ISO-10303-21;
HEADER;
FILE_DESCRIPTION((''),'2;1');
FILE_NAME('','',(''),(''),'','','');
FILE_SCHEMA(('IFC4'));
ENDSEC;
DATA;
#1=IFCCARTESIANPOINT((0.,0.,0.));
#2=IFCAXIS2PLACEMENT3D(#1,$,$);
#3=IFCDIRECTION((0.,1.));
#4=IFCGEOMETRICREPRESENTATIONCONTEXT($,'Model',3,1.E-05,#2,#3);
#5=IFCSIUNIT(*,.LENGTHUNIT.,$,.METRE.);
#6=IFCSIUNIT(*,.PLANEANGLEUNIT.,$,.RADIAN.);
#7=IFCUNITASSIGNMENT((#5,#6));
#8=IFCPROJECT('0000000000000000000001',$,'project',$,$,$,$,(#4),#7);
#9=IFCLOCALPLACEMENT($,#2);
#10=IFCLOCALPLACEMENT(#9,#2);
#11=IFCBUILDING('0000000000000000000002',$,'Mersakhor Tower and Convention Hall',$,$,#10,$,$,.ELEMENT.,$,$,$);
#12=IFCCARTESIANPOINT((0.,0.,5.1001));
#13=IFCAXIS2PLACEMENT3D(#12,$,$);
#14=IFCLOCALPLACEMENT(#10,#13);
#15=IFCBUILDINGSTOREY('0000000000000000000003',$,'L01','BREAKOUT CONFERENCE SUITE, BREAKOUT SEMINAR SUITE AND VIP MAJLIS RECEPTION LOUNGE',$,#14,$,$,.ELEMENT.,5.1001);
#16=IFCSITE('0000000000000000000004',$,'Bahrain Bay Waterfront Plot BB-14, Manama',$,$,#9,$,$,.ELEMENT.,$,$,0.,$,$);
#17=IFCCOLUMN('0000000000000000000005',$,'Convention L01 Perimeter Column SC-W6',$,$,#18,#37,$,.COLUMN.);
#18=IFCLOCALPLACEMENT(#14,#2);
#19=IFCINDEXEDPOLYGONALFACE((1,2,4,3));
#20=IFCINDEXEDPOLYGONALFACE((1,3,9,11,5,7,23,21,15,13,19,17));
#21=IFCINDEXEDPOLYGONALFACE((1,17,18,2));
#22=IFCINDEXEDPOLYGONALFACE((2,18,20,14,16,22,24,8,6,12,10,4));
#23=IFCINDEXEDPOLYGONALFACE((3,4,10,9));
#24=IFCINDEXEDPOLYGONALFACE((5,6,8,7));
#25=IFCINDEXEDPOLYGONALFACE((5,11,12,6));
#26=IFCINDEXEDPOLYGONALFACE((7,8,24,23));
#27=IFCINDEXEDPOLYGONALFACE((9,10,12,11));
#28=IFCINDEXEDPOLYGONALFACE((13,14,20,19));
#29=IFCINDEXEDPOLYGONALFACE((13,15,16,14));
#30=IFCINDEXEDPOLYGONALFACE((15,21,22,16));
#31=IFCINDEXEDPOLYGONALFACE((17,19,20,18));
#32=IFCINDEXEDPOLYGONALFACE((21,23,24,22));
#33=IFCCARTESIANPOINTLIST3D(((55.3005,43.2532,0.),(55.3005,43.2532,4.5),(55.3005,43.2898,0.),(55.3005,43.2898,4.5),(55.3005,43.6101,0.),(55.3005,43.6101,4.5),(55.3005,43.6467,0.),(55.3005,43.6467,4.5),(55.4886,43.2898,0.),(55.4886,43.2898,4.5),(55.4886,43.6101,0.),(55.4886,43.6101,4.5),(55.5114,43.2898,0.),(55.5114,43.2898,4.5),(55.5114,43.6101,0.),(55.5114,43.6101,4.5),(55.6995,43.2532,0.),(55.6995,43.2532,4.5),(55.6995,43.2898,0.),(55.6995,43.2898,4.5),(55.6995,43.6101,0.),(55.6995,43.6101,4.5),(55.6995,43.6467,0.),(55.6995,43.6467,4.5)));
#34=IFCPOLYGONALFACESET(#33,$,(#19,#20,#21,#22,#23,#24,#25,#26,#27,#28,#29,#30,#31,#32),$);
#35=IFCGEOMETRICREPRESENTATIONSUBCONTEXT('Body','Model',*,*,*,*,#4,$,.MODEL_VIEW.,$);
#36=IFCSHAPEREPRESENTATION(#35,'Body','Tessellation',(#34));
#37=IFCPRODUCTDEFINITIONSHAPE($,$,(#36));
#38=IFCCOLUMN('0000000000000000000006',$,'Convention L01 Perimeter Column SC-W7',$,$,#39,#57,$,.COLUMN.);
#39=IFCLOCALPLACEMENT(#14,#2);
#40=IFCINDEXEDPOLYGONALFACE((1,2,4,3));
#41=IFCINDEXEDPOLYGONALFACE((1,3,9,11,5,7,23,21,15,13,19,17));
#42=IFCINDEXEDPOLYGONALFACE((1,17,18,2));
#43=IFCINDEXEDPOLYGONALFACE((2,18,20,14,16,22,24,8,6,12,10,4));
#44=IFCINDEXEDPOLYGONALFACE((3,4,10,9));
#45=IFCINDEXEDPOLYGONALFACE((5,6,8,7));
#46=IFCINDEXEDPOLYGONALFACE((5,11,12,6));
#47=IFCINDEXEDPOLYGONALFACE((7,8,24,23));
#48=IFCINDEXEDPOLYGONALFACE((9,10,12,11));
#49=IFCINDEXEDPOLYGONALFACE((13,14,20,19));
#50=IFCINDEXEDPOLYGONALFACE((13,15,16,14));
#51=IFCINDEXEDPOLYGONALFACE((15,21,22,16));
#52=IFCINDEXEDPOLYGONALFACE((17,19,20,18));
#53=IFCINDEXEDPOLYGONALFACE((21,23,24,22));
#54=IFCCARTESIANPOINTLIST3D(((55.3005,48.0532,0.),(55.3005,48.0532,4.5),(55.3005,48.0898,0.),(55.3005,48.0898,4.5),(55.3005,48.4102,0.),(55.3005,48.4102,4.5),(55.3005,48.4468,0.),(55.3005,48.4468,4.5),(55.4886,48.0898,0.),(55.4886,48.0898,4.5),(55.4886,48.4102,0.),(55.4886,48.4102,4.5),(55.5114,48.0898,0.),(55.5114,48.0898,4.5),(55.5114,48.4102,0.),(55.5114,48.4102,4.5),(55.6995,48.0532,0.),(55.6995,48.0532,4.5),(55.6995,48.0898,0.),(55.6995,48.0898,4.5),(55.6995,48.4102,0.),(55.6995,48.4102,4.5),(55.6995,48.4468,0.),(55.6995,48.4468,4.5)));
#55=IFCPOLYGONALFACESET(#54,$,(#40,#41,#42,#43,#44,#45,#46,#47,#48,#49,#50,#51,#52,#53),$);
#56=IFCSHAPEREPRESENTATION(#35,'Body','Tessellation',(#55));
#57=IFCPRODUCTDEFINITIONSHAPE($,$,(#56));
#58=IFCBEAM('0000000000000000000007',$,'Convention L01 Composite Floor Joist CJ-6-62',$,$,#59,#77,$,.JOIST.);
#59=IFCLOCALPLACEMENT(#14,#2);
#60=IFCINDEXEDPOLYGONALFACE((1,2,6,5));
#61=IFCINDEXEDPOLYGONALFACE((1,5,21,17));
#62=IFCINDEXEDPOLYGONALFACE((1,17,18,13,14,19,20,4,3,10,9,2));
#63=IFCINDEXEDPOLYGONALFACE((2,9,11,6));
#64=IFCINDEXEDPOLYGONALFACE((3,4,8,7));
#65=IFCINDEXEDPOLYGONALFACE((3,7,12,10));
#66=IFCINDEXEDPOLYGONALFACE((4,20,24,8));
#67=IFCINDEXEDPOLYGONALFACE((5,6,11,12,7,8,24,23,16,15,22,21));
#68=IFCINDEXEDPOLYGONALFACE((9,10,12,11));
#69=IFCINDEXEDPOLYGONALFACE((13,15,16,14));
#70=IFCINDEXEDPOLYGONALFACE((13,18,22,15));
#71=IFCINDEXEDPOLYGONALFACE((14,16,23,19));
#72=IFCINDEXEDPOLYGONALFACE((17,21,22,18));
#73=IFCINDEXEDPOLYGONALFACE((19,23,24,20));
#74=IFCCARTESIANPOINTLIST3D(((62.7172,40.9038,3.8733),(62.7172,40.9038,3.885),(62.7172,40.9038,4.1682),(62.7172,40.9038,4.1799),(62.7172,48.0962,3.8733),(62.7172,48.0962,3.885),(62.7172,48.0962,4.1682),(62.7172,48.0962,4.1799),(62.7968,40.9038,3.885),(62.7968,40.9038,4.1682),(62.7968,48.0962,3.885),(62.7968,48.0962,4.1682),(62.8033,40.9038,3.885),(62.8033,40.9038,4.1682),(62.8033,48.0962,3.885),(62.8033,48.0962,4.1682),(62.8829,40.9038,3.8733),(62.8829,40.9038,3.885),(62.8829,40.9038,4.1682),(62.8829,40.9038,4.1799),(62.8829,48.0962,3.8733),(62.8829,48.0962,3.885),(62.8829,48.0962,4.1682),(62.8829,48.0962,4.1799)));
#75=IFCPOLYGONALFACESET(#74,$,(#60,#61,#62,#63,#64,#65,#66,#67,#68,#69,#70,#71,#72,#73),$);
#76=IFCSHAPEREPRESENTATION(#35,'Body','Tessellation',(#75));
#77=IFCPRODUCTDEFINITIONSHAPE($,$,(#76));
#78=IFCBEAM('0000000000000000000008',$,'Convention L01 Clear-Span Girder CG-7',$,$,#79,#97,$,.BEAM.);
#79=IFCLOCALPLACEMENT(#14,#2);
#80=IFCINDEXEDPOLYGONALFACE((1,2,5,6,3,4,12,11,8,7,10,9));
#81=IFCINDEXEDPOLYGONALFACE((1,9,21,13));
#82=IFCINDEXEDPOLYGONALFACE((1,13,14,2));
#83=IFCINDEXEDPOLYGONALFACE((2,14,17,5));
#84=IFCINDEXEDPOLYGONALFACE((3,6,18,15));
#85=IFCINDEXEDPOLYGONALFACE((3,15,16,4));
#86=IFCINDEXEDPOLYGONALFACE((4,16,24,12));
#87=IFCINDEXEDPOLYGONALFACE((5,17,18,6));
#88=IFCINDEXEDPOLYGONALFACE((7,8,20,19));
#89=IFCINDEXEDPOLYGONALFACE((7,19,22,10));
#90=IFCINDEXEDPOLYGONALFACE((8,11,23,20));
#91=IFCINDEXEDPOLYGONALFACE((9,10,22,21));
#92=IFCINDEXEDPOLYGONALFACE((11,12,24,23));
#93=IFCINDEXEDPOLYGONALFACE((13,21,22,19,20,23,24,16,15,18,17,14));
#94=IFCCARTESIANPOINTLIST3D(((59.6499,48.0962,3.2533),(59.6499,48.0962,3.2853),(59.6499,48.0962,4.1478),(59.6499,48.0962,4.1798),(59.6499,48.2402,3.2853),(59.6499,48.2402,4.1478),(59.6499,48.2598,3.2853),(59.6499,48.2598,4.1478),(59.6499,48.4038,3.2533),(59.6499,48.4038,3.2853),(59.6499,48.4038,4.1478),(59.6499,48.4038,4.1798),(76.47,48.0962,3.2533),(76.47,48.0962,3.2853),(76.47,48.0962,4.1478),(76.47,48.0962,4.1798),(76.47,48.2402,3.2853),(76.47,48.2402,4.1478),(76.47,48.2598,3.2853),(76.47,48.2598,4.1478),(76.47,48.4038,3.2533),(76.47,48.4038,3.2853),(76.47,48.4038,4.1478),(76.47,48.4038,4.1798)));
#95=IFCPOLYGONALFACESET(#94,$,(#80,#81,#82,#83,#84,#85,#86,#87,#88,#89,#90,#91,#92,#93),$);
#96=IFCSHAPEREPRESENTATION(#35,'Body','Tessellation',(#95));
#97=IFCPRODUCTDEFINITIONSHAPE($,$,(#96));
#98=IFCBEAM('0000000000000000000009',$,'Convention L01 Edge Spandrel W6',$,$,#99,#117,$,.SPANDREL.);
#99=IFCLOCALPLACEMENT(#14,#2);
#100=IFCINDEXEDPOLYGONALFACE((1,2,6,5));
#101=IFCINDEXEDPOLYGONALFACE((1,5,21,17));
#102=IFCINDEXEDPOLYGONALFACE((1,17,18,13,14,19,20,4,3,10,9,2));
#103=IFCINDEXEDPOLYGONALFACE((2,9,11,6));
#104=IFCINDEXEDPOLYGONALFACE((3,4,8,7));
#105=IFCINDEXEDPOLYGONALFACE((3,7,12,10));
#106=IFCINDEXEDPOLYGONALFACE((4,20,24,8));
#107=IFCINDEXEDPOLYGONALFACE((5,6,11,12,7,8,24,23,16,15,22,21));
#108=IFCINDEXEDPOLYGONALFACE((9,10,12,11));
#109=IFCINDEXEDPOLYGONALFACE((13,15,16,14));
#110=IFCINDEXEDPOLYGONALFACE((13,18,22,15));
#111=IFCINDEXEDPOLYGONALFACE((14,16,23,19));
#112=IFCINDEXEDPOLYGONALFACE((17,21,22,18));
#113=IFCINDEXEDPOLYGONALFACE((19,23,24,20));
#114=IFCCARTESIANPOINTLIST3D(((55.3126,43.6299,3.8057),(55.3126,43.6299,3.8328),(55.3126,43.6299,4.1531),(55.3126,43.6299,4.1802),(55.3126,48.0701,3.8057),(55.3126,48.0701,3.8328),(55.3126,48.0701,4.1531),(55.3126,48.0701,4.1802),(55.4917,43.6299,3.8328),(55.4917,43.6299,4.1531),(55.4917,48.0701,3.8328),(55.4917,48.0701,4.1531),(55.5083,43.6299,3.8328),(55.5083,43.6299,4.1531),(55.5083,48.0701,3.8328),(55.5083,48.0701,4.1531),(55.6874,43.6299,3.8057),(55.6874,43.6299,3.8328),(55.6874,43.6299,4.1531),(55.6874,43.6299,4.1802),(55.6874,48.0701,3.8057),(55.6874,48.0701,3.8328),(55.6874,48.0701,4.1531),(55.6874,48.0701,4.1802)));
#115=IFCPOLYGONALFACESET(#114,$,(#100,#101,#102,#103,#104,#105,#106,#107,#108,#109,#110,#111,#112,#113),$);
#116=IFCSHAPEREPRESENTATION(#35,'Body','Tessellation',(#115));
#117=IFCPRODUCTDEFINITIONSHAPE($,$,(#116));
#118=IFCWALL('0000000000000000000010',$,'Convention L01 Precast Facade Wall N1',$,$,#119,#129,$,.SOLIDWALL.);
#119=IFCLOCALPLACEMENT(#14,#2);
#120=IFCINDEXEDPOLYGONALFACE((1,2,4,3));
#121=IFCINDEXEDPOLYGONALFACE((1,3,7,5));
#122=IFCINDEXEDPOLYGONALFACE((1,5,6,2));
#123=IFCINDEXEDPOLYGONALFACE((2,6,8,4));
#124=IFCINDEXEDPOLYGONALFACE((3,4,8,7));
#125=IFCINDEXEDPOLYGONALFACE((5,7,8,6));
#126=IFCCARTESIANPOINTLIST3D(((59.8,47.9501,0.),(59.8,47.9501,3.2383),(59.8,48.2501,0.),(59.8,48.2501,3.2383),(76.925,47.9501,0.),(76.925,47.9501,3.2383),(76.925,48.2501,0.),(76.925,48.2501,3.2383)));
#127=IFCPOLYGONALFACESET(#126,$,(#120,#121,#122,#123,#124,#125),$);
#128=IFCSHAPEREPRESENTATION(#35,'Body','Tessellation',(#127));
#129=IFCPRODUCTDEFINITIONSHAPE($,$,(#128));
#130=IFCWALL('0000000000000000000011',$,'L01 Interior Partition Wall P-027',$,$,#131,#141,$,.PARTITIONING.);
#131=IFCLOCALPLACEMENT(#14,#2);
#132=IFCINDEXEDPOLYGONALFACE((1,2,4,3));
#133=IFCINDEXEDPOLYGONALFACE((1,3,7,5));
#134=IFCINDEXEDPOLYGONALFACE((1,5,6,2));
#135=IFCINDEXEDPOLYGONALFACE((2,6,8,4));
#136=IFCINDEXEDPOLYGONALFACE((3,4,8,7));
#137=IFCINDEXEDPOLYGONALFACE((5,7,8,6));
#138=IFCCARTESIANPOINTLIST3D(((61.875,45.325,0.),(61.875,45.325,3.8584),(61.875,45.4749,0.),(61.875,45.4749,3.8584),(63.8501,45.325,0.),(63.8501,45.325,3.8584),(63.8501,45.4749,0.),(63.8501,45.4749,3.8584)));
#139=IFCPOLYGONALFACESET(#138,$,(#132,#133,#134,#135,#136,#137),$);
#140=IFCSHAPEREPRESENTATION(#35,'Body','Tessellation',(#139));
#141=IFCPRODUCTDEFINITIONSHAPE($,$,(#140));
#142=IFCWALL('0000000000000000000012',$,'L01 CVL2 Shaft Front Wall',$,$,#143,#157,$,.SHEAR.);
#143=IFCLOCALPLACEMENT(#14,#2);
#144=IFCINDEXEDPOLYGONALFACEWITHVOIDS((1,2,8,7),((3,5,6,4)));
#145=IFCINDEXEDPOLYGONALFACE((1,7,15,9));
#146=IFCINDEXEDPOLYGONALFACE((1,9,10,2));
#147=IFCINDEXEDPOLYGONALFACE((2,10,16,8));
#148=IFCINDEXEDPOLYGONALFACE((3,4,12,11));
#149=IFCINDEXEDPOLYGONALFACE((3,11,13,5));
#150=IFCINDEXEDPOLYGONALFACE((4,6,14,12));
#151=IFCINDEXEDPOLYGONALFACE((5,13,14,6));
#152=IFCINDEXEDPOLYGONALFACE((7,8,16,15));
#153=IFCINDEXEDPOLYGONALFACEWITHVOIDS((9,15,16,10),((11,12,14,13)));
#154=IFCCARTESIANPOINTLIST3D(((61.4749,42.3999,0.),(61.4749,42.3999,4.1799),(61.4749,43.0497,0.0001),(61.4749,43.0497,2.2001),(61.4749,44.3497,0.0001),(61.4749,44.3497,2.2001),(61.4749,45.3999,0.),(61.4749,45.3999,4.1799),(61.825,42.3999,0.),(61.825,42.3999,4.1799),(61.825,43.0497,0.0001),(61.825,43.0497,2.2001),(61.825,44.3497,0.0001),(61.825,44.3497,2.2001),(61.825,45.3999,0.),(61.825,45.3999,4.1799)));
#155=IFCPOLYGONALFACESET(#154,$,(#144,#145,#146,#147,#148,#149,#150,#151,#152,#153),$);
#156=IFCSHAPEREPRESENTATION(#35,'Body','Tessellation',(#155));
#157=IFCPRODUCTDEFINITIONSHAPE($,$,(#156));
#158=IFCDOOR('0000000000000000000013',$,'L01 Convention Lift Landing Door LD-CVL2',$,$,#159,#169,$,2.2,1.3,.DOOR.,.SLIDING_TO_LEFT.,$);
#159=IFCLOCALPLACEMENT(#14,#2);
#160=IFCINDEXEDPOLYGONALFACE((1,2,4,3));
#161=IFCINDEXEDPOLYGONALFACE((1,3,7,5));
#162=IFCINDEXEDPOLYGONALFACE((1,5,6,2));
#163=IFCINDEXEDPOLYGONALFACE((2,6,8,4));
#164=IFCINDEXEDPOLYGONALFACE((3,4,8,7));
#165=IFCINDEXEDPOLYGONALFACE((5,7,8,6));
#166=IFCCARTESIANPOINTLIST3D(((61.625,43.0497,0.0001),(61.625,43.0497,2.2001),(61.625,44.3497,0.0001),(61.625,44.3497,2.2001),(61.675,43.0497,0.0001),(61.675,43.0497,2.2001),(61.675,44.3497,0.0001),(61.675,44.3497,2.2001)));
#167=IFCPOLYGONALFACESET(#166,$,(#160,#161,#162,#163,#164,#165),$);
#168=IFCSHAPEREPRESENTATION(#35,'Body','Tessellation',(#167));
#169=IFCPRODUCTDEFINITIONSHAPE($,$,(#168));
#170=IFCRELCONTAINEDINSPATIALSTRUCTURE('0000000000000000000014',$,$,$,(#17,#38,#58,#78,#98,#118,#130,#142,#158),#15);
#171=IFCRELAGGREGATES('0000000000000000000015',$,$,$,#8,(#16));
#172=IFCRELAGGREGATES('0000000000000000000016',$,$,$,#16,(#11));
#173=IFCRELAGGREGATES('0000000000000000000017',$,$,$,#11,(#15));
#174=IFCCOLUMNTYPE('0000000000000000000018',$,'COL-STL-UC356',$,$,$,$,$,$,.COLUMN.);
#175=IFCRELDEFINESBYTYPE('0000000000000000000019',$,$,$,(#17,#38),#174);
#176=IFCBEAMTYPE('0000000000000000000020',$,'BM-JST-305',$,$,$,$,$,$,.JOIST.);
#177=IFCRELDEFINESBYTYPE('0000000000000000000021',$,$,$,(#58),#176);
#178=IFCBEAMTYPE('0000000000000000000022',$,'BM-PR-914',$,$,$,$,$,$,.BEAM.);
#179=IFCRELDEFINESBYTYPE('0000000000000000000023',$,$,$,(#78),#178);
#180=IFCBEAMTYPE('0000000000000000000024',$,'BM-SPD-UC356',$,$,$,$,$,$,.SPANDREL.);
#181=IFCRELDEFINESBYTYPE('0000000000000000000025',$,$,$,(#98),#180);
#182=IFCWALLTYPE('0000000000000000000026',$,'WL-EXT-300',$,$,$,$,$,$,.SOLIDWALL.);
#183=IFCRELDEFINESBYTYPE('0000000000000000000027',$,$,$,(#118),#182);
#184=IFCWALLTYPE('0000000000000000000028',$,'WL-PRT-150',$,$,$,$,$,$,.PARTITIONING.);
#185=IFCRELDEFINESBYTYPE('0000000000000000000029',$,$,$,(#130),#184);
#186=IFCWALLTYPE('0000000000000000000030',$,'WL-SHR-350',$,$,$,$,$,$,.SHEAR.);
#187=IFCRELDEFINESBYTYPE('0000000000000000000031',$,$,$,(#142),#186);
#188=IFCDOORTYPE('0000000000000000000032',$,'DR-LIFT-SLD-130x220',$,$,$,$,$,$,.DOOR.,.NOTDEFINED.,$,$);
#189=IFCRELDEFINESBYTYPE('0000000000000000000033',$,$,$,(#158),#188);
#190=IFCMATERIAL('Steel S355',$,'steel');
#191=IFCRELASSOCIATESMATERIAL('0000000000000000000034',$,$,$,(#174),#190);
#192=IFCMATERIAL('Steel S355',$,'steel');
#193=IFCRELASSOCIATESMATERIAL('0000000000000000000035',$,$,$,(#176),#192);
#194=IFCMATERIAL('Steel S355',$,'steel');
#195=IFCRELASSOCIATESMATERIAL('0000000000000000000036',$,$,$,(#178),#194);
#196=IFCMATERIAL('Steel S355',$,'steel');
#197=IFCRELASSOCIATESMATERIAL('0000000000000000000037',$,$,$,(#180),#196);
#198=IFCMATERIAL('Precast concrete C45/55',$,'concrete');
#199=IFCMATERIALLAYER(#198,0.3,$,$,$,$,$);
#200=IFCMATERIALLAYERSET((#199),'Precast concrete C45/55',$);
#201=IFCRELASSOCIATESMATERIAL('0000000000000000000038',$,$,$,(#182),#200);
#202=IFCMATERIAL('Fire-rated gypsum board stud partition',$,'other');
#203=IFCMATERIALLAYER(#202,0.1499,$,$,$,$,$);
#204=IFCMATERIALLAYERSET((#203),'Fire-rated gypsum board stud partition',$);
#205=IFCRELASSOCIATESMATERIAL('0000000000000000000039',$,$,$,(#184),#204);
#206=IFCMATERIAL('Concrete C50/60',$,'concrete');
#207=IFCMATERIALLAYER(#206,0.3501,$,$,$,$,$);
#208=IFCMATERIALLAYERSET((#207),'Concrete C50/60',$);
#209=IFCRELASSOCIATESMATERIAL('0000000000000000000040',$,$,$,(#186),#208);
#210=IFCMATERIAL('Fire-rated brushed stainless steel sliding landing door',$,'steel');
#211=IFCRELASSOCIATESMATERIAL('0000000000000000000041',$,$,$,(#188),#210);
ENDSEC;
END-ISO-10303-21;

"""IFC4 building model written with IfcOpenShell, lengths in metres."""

from ifc_helpers import new_model, si_unit, direction, frame, frame_2d, origin, origin_2d, place, context, subcontext, project, spatial, rectangle, i_section, extrude, material, layer, layer_set, material_profile, profile_set, type_object, element, fill, save


model = new_model("IFC4")

# Units and contexts
model_context = context("Model", 3, precision=1e-05, world=origin(), true_north=direction((0.0, 1.0)))
body_context = subcontext(model_context, "Body", "Model", "MODEL_VIEW")
ifc_project = project(units=[si_unit("LENGTHUNIT", "METRE"), si_unit("PLANEANGLEUNIT", "RADIAN")], contexts=[model_context])

# Site, building, storey
site_placement = place(None, origin())
site = spatial("IfcSite", under=ifc_project, at=site_placement, Name="Bahrain Bay Waterfront Plot BB-14, Manama", CompositionType="ELEMENT", RefElevation=0.0)
building_placement = place(site_placement, origin())
building = spatial("IfcBuilding", under=site, at=building_placement, Name="Mersakhor Tower and Convention Hall", CompositionType="ELEMENT")
storey_placement = place(building_placement, frame((0.0, 0.0, 5.1001)))
storey = spatial("IfcBuildingStorey", under=building, at=storey_placement, Name="L01", Description="BREAKOUT CONFERENCE SUITE, BREAKOUT SEMINAR SUITE AND VIP MAJLIS RECEPTION LOUNGE", CompositionType="ELEMENT", Elevation=5.1001)

# Columns
ifc_material_1 = material(Name="Steel S355", Category="steel")
ifc_material_profile_1 = material_profile(ifc_material_1, i_section(OverallWidth=0.3989, OverallDepth=0.3936, WebThickness=0.0227, FlangeThickness=0.0366, at=origin_2d()), Name="UC 356x406x287")
ifc_profile_set_1 = profile_set([ifc_material_profile_1], Name="Steel S355")
column_type = type_object("IfcColumnType", Name="COL-STL-UC356", PredefinedType="COLUMN", material=ifc_profile_set_1)
for number, where, z_axis, x_axis, name in (
    (1, (55.5, 43.45, 0.0), (0.0, 0.0, 1.0), (1.0, 0.0, 0.0), "Convention L01 Perimeter Column SC-W6"),
    (2, (55.5, 48.25, 0.0), (0.0, 0.0, 1.0), (1.0, 0.0, 0.0), "Convention L01 Perimeter Column SC-W7"),
):
    element("IfcColumn", number, at=place(storey_placement, frame(where, z_axis=z_axis, x_axis=x_axis)), inside=storey, type_object=column_type, Name=name, PredefinedType="COLUMN", context=body_context, shape_type="SweptSolid", body=[
        extrude(i_section(OverallWidth=0.3989, OverallDepth=0.3936, WebThickness=0.0227, FlangeThickness=0.0366, at=origin_2d()), origin(), (0.0, 0.0, 1.0), 4.5),
    ])

# Beams
ifc_material_2 = material(Name="Steel S355", Category="steel")
ifc_material_profile_2 = material_profile(ifc_material_2, i_section(OverallWidth=0.1658, OverallDepth=0.3066, WebThickness=0.0066, FlangeThickness=0.0117, at=origin_2d()), Name="UB 305x165x46")
ifc_profile_set_2 = profile_set([ifc_material_profile_2], Name="Steel S355")
beam_type_1 = type_object("IfcBeamType", Name="BM-JST-305", PredefinedType="JOIST", material=ifc_profile_set_2)
beam_1_placement = place(storey_placement, frame((62.8, 40.9038, 4.0266), z_axis=(0.0, 1.0, 0.0), x_axis=(-1.0, 0.0, 0.0)))
element("IfcBeam", 3, at=beam_1_placement, inside=storey, type_object=beam_type_1, Name="Convention L01 Composite Floor Joist CJ-6-62", PredefinedType="JOIST", context=body_context, shape_type="SweptSolid", body=[
    extrude(i_section(OverallWidth=0.1658, OverallDepth=0.3066, WebThickness=0.0066, FlangeThickness=0.0117, at=origin_2d()), origin(), (0.0, 0.0, 1.0), 7.1924),
])
ifc_material_3 = material(Name="Steel S355", Category="steel")
ifc_material_profile_3 = material_profile(ifc_material_3, i_section(OverallWidth=0.3076, OverallDepth=0.9265, WebThickness=0.0195, FlangeThickness=0.032, at=origin_2d()), Name="UB 914x305x289")
ifc_profile_set_3 = profile_set([ifc_material_profile_3], Name="Steel S355")
beam_type_2 = type_object("IfcBeamType", Name="BM-PR-914", PredefinedType="BEAM", material=ifc_profile_set_3)
beam_2_placement = place(storey_placement, frame((59.6499, 48.25, 3.7166), z_axis=(1.0, 0.0, 0.0), x_axis=(0.0, 1.0, 0.0)))
element("IfcBeam", 4, at=beam_2_placement, inside=storey, type_object=beam_type_2, Name="Convention L01 Clear-Span Girder CG-7", PredefinedType="BEAM", context=body_context, shape_type="SweptSolid", body=[
    extrude(i_section(OverallWidth=0.3076, OverallDepth=0.9265, WebThickness=0.0195, FlangeThickness=0.032, at=origin_2d()), origin(), (0.0, 0.0, 1.0), 16.8201),
])
ifc_material_4 = material(Name="Steel S355", Category="steel")
ifc_material_profile_4 = material_profile(ifc_material_4, i_section(OverallWidth=0.3748, OverallDepth=0.3745, WebThickness=0.0166, FlangeThickness=0.0271, at=origin_2d()), Name="UC 356x368x202")
ifc_profile_set_4 = profile_set([ifc_material_profile_4], Name="Steel S355")
beam_type_3 = type_object("IfcBeamType", Name="BM-SPD-UC356", PredefinedType="SPANDREL", material=ifc_profile_set_4)
beam_3_placement = place(storey_placement, frame((55.5, 43.6299, 3.9929), z_axis=(0.0, 1.0, 0.0), x_axis=(-1.0, 0.0, 0.0)))
element("IfcBeam", 5, at=beam_3_placement, inside=storey, type_object=beam_type_3, Name="Convention L01 Edge Spandrel W6", PredefinedType="SPANDREL", context=body_context, shape_type="SweptSolid", body=[
    extrude(i_section(OverallWidth=0.3748, OverallDepth=0.3745, WebThickness=0.0166, FlangeThickness=0.0271, at=origin_2d()), origin(), (0.0, 0.0, 1.0), 4.4402),
])

# Walls
ifc_material_5 = material(Name="Precast concrete C45/55", Category="concrete")
ifc_layer_1 = layer(ifc_material_5, 0.3)
ifc_layer_set_1 = layer_set([ifc_layer_1], Name="Precast concrete C45/55")
wall_type_1 = type_object("IfcWallType", Name="WL-EXT-300", PredefinedType="SOLIDWALL", material=ifc_layer_set_1)
wall_1_placement = place(storey_placement, frame((59.8, 48.1001, 0.0), z_axis=(0.0, 0.0, 1.0), x_axis=(1.0, 0.0, 0.0)))
element("IfcWall", 6, at=wall_1_placement, inside=storey, type_object=wall_type_1, Name="Convention L01 Precast Facade Wall N1", PredefinedType="SOLIDWALL", context=body_context, shape_type="SweptSolid", body=[
    extrude(rectangle(XDim=17.125, YDim=0.3, at=frame_2d((8.5625, 0.0))), origin(), (0.0, 0.0, 1.0), 3.2383),
])
ifc_material_6 = material(Name="Fire-rated gypsum board stud partition", Category="other")
ifc_layer_2 = layer(ifc_material_6, 0.1499)
ifc_layer_set_2 = layer_set([ifc_layer_2], Name="Fire-rated gypsum board stud partition")
wall_type_2 = type_object("IfcWallType", Name="WL-PRT-150", PredefinedType="PARTITIONING", material=ifc_layer_set_2)
wall_2_placement = place(storey_placement, frame((61.875, 45.3999, 0.0), z_axis=(0.0, 0.0, 1.0), x_axis=(1.0, 0.0, 0.0)))
element("IfcWall", 7, at=wall_2_placement, inside=storey, type_object=wall_type_2, Name="L01 Interior Partition Wall P-027", PredefinedType="PARTITIONING", context=body_context, shape_type="SweptSolid", body=[
    extrude(rectangle(XDim=1.9751, YDim=0.1499, at=frame_2d((0.9875, 0.0))), origin(), (0.0, 0.0, 1.0), 3.8584),
])

# Wall, opening, door
ifc_material_7 = material(Name="Concrete C50/60", Category="concrete")
ifc_layer_3 = layer(ifc_material_7, 0.3501)
ifc_layer_set_3 = layer_set([ifc_layer_3], Name="Concrete C50/60")
wall_type_3 = type_object("IfcWallType", Name="WL-SHR-350", PredefinedType="SHEAR", material=ifc_layer_set_3)
wall_3_placement = place(storey_placement, frame((61.6499, 42.3999, 0.0), z_axis=(0.0, 0.0, 1.0), x_axis=(0.0, 1.0, 0.0)))
wall_3 = element("IfcWall", 8, at=wall_3_placement, inside=storey, type_object=wall_type_3, Name="L01 CVL2 Shaft Front Wall", PredefinedType="SHEAR", context=body_context, shape_type="SweptSolid", body=[
    extrude(rectangle(XDim=3.0, YDim=0.3501, at=frame_2d((1.5, 0.0))), origin(), (0.0, 0.0, 1.0), 4.1799),
])
opening_placement = place(wall_3_placement, frame((0.6499, 0.0, 0.0)))
opening = element("IfcOpeningElement", 9, at=opening_placement, cuts=wall_3, PredefinedType="OPENING", context=body_context, shape_type="SweptSolid", body=[
    extrude(rectangle(XDim=1.3, YDim=2.2, at=frame_2d((0.6499, 1.1001))), frame((0.0, 0.1851, 0.0), z_axis=(0.0, -1.0, 0.0), x_axis=(1.0, 0.0, 0.0)), (0.0, 0.0, 1.0), 0.3701),
])
ifc_material_8 = material(Name="Fire-rated brushed stainless steel sliding landing door", Category="steel")
door_type = type_object("IfcDoorType", Name="DR-LIFT-SLD-130x220", OperationType="NOTDEFINED", PredefinedType="DOOR", material=ifc_material_8)
door_placement = place(opening_placement, origin())
door = element("IfcDoor", 10, at=door_placement, inside=storey, type_object=door_type, Name="L01 Convention Lift Landing Door LD-CVL2", OperationType="SLIDING_TO_LEFT", OverallHeight=2.2, OverallWidth=1.3, PredefinedType="DOOR", context=body_context, shape_type="SweptSolid", body=[
    extrude(rectangle(XDim=1.3, YDim=2.2, at=frame_2d((0.6499, 1.1001))), frame((0.0, 0.0249, 0.0), z_axis=(0.0, -1.0, 0.0), x_axis=(1.0, 0.0, 0.0)), (0.0, 0.0, 1.0), 0.05),
])
fill(opening, door)

save(model, "model.ifc")
